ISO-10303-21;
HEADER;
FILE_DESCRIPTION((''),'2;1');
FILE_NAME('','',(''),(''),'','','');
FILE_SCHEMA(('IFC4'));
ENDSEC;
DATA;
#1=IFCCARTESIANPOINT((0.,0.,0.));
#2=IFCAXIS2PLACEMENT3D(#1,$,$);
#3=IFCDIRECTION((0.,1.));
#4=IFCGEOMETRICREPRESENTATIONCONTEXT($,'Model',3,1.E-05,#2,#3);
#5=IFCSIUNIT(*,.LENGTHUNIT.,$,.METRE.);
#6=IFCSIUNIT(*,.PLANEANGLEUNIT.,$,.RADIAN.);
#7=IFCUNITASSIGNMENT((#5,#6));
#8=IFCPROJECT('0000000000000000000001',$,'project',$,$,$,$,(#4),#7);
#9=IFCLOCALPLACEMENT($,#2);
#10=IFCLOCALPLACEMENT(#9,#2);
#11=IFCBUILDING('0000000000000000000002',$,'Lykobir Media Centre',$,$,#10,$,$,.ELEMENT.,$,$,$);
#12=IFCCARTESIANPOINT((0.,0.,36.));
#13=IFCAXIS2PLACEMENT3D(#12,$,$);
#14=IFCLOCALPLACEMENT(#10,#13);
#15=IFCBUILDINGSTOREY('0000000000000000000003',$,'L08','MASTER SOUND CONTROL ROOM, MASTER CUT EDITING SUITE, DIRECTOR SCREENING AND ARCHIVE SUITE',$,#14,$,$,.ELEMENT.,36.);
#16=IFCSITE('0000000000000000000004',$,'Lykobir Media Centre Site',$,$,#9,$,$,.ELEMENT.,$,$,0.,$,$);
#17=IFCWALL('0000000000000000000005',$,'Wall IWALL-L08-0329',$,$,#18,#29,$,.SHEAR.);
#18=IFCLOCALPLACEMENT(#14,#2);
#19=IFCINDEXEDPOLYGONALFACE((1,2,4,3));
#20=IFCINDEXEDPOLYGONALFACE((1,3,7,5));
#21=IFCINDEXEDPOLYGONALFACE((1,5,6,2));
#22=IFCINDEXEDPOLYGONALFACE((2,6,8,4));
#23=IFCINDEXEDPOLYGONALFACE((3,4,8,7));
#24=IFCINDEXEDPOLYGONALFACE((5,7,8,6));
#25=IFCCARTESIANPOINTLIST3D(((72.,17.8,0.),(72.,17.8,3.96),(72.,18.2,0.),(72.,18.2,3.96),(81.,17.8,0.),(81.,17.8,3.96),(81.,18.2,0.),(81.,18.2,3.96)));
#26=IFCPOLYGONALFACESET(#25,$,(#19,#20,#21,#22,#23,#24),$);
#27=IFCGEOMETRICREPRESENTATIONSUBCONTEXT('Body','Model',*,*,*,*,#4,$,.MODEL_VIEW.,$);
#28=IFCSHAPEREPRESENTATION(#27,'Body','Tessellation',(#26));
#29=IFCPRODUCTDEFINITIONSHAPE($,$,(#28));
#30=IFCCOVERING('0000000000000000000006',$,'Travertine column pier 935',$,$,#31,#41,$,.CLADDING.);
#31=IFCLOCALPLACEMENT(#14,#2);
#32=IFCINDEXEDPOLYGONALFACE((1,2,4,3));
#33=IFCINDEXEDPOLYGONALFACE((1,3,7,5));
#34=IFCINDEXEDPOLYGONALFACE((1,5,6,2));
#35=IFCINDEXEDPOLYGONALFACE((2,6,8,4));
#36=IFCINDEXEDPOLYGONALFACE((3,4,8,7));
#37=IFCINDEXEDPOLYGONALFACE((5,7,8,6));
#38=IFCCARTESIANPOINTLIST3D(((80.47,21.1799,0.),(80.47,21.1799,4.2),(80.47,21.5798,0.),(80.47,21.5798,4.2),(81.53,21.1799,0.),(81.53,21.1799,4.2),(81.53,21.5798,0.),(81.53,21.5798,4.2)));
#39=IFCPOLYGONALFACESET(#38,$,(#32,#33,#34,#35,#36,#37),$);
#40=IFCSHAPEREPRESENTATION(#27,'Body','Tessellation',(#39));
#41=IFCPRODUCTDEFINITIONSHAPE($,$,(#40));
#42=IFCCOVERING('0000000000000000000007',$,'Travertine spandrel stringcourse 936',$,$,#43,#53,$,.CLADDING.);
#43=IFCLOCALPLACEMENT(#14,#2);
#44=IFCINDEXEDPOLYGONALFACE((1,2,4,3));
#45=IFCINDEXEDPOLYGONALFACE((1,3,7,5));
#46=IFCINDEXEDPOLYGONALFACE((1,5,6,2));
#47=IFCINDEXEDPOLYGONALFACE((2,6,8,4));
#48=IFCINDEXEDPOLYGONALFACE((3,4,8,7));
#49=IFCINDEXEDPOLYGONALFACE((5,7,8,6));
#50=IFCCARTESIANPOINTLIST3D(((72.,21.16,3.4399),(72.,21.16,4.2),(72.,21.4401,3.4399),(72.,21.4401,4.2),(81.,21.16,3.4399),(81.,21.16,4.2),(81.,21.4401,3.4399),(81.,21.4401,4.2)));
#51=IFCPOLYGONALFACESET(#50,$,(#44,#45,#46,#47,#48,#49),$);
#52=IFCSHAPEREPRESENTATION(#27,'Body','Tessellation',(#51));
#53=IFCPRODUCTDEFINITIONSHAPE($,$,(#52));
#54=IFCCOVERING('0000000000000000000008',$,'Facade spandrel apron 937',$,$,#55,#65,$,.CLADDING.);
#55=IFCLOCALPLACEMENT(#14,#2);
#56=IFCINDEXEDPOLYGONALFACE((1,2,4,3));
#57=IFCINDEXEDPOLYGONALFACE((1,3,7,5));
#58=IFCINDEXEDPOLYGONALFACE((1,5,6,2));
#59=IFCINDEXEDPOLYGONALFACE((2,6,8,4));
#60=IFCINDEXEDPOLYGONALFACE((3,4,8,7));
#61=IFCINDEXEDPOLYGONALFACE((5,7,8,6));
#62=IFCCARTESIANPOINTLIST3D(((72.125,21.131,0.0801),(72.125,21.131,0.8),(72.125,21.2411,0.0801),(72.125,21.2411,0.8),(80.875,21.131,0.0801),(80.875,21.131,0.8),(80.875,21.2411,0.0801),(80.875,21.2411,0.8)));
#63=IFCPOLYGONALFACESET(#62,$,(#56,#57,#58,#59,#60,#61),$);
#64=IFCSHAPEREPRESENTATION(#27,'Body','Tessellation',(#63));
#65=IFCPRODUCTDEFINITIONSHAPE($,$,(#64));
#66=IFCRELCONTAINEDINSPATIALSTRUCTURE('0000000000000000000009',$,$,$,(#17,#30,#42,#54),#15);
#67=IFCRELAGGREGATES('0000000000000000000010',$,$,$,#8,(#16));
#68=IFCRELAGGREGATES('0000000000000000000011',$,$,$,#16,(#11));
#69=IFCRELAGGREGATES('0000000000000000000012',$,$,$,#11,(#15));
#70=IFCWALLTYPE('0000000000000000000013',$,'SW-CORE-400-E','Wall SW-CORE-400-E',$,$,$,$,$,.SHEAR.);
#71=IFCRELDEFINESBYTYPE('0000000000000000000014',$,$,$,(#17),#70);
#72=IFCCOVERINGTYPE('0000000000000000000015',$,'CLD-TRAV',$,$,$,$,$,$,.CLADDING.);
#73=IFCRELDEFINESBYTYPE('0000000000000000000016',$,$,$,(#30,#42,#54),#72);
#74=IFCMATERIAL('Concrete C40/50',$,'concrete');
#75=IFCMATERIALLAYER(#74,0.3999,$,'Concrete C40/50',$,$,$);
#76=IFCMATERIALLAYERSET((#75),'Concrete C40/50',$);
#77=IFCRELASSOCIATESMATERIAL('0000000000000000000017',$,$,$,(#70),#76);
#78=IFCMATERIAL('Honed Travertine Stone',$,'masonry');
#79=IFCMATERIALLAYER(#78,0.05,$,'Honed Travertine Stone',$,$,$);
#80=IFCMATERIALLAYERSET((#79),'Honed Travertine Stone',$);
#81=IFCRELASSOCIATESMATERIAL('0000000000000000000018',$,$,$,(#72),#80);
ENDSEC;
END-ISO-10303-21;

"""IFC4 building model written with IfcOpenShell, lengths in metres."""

from ifc_helpers import new_model, si_unit, direction, frame, frame_2d, origin, origin_2d, place, context, subcontext, project, spatial, rectangle, extrude, material, layer, layer_set, type_object, element, save


model = new_model("IFC4")

# Units and contexts
model_context = context("Model", 3, precision=1e-05, world=origin(), true_north=direction((0.0, 1.0)))
body_context = subcontext(model_context, "Body", "Model", "MODEL_VIEW")
ifc_project = project(units=[si_unit("LENGTHUNIT", "METRE"), si_unit("PLANEANGLEUNIT", "RADIAN")], contexts=[model_context])

# Site, building, storey
site_placement = place(None, origin())
site = spatial("IfcSite", under=ifc_project, at=site_placement, Name="Lykobir Media Centre Site", CompositionType="ELEMENT", RefElevation=0.0)
building_placement = place(site_placement, origin())
building = spatial("IfcBuilding", under=site, at=building_placement, Name="Lykobir Media Centre", CompositionType="ELEMENT")
storey_placement = place(building_placement, frame((0.0, 0.0, 36.0)))
storey = spatial("IfcBuildingStorey", under=building, at=storey_placement, Name="L08", Description="MASTER SOUND CONTROL ROOM, MASTER CUT EDITING SUITE, DIRECTOR SCREENING AND ARCHIVE SUITE", CompositionType="ELEMENT", Elevation=36.0)

# Shared definitions
ifc_material_1 = material(Name="Concrete C40/50", Category="concrete")

# Wall
ifc_layer_1 = layer(ifc_material_1, 0.3999, Name="Concrete C40/50")
ifc_layer_set_1 = layer_set([ifc_layer_1], Name="Concrete C40/50")
wall_type_1 = type_object("IfcWallType", Name="SW-CORE-400-E", Description="Wall SW-CORE-400-E", PredefinedType="SHEAR", material=ifc_layer_set_1)
wall_1_placement = place(storey_placement, frame((81.0, 18.0, 0.0), z_axis=(0.0, 0.0, 1.0), x_axis=(-1.0, 0.0, 0.0)))
element("IfcWall", 1, at=wall_1_placement, inside=storey, type_object=wall_type_1, Name="Wall IWALL-L08-0329", PredefinedType="SHEAR", context=body_context, shape_type="SweptSolid", body=[
    extrude(rectangle(XDim=9.0, YDim=0.3999, at=frame_2d((4.5, 0.0))), origin(), (0.0, 0.0, 1.0), 3.96),
])

# Coverings
ifc_material_2 = material(Name="Honed Travertine Stone", Category="masonry")
ifc_layer_2 = layer(ifc_material_2, 0.05, Name="Honed Travertine Stone")
ifc_layer_set_2 = layer_set([ifc_layer_2], Name="Honed Travertine Stone")
covering_type = type_object("IfcCoveringType", Name="CLD-TRAV", PredefinedType="CLADDING", material=ifc_layer_set_2)
covering_1_placement = place(storey_placement, frame((81.0, 21.3799, 0.0), z_axis=(0.0, 0.0, 1.0), x_axis=(-1.0, 0.0, 0.0)))
element("IfcCovering", 2, at=covering_1_placement, inside=storey, type_object=covering_type, Name="Travertine column pier 935", PredefinedType="CLADDING", context=body_context, shape_type="SweptSolid", body=[
    extrude(rectangle(XDim=1.0601, YDim=0.3999, at=origin_2d()), origin(), (0.0, 0.0, 1.0), 4.2),
])
covering_2_placement = place(storey_placement, frame((76.5, 21.3, 3.4399), z_axis=(0.0, 0.0, 1.0), x_axis=(-1.0, 0.0, 0.0)))
element("IfcCovering", 3, at=covering_2_placement, inside=storey, type_object=covering_type, Name="Travertine spandrel stringcourse 936", PredefinedType="CLADDING", context=body_context, shape_type="SweptSolid", body=[
    extrude(rectangle(XDim=9.0, YDim=0.28, at=origin_2d()), origin(), (0.0, 0.0, 1.0), 0.76),
])
covering_3_placement = place(storey_placement, frame((76.5, 21.186, 0.0801), z_axis=(0.0, 0.0, 1.0), x_axis=(-1.0, 0.0, 0.0)))
element("IfcCovering", 4, at=covering_3_placement, inside=storey, type_object=covering_type, Name="Facade spandrel apron 937", PredefinedType="CLADDING", context=body_context, shape_type="SweptSolid", body=[
    extrude(rectangle(XDim=8.75, YDim=0.1101, at=origin_2d()), origin(), (0.0, 0.0, 1.0), 0.72),
])

save(model, "model.ifc")
